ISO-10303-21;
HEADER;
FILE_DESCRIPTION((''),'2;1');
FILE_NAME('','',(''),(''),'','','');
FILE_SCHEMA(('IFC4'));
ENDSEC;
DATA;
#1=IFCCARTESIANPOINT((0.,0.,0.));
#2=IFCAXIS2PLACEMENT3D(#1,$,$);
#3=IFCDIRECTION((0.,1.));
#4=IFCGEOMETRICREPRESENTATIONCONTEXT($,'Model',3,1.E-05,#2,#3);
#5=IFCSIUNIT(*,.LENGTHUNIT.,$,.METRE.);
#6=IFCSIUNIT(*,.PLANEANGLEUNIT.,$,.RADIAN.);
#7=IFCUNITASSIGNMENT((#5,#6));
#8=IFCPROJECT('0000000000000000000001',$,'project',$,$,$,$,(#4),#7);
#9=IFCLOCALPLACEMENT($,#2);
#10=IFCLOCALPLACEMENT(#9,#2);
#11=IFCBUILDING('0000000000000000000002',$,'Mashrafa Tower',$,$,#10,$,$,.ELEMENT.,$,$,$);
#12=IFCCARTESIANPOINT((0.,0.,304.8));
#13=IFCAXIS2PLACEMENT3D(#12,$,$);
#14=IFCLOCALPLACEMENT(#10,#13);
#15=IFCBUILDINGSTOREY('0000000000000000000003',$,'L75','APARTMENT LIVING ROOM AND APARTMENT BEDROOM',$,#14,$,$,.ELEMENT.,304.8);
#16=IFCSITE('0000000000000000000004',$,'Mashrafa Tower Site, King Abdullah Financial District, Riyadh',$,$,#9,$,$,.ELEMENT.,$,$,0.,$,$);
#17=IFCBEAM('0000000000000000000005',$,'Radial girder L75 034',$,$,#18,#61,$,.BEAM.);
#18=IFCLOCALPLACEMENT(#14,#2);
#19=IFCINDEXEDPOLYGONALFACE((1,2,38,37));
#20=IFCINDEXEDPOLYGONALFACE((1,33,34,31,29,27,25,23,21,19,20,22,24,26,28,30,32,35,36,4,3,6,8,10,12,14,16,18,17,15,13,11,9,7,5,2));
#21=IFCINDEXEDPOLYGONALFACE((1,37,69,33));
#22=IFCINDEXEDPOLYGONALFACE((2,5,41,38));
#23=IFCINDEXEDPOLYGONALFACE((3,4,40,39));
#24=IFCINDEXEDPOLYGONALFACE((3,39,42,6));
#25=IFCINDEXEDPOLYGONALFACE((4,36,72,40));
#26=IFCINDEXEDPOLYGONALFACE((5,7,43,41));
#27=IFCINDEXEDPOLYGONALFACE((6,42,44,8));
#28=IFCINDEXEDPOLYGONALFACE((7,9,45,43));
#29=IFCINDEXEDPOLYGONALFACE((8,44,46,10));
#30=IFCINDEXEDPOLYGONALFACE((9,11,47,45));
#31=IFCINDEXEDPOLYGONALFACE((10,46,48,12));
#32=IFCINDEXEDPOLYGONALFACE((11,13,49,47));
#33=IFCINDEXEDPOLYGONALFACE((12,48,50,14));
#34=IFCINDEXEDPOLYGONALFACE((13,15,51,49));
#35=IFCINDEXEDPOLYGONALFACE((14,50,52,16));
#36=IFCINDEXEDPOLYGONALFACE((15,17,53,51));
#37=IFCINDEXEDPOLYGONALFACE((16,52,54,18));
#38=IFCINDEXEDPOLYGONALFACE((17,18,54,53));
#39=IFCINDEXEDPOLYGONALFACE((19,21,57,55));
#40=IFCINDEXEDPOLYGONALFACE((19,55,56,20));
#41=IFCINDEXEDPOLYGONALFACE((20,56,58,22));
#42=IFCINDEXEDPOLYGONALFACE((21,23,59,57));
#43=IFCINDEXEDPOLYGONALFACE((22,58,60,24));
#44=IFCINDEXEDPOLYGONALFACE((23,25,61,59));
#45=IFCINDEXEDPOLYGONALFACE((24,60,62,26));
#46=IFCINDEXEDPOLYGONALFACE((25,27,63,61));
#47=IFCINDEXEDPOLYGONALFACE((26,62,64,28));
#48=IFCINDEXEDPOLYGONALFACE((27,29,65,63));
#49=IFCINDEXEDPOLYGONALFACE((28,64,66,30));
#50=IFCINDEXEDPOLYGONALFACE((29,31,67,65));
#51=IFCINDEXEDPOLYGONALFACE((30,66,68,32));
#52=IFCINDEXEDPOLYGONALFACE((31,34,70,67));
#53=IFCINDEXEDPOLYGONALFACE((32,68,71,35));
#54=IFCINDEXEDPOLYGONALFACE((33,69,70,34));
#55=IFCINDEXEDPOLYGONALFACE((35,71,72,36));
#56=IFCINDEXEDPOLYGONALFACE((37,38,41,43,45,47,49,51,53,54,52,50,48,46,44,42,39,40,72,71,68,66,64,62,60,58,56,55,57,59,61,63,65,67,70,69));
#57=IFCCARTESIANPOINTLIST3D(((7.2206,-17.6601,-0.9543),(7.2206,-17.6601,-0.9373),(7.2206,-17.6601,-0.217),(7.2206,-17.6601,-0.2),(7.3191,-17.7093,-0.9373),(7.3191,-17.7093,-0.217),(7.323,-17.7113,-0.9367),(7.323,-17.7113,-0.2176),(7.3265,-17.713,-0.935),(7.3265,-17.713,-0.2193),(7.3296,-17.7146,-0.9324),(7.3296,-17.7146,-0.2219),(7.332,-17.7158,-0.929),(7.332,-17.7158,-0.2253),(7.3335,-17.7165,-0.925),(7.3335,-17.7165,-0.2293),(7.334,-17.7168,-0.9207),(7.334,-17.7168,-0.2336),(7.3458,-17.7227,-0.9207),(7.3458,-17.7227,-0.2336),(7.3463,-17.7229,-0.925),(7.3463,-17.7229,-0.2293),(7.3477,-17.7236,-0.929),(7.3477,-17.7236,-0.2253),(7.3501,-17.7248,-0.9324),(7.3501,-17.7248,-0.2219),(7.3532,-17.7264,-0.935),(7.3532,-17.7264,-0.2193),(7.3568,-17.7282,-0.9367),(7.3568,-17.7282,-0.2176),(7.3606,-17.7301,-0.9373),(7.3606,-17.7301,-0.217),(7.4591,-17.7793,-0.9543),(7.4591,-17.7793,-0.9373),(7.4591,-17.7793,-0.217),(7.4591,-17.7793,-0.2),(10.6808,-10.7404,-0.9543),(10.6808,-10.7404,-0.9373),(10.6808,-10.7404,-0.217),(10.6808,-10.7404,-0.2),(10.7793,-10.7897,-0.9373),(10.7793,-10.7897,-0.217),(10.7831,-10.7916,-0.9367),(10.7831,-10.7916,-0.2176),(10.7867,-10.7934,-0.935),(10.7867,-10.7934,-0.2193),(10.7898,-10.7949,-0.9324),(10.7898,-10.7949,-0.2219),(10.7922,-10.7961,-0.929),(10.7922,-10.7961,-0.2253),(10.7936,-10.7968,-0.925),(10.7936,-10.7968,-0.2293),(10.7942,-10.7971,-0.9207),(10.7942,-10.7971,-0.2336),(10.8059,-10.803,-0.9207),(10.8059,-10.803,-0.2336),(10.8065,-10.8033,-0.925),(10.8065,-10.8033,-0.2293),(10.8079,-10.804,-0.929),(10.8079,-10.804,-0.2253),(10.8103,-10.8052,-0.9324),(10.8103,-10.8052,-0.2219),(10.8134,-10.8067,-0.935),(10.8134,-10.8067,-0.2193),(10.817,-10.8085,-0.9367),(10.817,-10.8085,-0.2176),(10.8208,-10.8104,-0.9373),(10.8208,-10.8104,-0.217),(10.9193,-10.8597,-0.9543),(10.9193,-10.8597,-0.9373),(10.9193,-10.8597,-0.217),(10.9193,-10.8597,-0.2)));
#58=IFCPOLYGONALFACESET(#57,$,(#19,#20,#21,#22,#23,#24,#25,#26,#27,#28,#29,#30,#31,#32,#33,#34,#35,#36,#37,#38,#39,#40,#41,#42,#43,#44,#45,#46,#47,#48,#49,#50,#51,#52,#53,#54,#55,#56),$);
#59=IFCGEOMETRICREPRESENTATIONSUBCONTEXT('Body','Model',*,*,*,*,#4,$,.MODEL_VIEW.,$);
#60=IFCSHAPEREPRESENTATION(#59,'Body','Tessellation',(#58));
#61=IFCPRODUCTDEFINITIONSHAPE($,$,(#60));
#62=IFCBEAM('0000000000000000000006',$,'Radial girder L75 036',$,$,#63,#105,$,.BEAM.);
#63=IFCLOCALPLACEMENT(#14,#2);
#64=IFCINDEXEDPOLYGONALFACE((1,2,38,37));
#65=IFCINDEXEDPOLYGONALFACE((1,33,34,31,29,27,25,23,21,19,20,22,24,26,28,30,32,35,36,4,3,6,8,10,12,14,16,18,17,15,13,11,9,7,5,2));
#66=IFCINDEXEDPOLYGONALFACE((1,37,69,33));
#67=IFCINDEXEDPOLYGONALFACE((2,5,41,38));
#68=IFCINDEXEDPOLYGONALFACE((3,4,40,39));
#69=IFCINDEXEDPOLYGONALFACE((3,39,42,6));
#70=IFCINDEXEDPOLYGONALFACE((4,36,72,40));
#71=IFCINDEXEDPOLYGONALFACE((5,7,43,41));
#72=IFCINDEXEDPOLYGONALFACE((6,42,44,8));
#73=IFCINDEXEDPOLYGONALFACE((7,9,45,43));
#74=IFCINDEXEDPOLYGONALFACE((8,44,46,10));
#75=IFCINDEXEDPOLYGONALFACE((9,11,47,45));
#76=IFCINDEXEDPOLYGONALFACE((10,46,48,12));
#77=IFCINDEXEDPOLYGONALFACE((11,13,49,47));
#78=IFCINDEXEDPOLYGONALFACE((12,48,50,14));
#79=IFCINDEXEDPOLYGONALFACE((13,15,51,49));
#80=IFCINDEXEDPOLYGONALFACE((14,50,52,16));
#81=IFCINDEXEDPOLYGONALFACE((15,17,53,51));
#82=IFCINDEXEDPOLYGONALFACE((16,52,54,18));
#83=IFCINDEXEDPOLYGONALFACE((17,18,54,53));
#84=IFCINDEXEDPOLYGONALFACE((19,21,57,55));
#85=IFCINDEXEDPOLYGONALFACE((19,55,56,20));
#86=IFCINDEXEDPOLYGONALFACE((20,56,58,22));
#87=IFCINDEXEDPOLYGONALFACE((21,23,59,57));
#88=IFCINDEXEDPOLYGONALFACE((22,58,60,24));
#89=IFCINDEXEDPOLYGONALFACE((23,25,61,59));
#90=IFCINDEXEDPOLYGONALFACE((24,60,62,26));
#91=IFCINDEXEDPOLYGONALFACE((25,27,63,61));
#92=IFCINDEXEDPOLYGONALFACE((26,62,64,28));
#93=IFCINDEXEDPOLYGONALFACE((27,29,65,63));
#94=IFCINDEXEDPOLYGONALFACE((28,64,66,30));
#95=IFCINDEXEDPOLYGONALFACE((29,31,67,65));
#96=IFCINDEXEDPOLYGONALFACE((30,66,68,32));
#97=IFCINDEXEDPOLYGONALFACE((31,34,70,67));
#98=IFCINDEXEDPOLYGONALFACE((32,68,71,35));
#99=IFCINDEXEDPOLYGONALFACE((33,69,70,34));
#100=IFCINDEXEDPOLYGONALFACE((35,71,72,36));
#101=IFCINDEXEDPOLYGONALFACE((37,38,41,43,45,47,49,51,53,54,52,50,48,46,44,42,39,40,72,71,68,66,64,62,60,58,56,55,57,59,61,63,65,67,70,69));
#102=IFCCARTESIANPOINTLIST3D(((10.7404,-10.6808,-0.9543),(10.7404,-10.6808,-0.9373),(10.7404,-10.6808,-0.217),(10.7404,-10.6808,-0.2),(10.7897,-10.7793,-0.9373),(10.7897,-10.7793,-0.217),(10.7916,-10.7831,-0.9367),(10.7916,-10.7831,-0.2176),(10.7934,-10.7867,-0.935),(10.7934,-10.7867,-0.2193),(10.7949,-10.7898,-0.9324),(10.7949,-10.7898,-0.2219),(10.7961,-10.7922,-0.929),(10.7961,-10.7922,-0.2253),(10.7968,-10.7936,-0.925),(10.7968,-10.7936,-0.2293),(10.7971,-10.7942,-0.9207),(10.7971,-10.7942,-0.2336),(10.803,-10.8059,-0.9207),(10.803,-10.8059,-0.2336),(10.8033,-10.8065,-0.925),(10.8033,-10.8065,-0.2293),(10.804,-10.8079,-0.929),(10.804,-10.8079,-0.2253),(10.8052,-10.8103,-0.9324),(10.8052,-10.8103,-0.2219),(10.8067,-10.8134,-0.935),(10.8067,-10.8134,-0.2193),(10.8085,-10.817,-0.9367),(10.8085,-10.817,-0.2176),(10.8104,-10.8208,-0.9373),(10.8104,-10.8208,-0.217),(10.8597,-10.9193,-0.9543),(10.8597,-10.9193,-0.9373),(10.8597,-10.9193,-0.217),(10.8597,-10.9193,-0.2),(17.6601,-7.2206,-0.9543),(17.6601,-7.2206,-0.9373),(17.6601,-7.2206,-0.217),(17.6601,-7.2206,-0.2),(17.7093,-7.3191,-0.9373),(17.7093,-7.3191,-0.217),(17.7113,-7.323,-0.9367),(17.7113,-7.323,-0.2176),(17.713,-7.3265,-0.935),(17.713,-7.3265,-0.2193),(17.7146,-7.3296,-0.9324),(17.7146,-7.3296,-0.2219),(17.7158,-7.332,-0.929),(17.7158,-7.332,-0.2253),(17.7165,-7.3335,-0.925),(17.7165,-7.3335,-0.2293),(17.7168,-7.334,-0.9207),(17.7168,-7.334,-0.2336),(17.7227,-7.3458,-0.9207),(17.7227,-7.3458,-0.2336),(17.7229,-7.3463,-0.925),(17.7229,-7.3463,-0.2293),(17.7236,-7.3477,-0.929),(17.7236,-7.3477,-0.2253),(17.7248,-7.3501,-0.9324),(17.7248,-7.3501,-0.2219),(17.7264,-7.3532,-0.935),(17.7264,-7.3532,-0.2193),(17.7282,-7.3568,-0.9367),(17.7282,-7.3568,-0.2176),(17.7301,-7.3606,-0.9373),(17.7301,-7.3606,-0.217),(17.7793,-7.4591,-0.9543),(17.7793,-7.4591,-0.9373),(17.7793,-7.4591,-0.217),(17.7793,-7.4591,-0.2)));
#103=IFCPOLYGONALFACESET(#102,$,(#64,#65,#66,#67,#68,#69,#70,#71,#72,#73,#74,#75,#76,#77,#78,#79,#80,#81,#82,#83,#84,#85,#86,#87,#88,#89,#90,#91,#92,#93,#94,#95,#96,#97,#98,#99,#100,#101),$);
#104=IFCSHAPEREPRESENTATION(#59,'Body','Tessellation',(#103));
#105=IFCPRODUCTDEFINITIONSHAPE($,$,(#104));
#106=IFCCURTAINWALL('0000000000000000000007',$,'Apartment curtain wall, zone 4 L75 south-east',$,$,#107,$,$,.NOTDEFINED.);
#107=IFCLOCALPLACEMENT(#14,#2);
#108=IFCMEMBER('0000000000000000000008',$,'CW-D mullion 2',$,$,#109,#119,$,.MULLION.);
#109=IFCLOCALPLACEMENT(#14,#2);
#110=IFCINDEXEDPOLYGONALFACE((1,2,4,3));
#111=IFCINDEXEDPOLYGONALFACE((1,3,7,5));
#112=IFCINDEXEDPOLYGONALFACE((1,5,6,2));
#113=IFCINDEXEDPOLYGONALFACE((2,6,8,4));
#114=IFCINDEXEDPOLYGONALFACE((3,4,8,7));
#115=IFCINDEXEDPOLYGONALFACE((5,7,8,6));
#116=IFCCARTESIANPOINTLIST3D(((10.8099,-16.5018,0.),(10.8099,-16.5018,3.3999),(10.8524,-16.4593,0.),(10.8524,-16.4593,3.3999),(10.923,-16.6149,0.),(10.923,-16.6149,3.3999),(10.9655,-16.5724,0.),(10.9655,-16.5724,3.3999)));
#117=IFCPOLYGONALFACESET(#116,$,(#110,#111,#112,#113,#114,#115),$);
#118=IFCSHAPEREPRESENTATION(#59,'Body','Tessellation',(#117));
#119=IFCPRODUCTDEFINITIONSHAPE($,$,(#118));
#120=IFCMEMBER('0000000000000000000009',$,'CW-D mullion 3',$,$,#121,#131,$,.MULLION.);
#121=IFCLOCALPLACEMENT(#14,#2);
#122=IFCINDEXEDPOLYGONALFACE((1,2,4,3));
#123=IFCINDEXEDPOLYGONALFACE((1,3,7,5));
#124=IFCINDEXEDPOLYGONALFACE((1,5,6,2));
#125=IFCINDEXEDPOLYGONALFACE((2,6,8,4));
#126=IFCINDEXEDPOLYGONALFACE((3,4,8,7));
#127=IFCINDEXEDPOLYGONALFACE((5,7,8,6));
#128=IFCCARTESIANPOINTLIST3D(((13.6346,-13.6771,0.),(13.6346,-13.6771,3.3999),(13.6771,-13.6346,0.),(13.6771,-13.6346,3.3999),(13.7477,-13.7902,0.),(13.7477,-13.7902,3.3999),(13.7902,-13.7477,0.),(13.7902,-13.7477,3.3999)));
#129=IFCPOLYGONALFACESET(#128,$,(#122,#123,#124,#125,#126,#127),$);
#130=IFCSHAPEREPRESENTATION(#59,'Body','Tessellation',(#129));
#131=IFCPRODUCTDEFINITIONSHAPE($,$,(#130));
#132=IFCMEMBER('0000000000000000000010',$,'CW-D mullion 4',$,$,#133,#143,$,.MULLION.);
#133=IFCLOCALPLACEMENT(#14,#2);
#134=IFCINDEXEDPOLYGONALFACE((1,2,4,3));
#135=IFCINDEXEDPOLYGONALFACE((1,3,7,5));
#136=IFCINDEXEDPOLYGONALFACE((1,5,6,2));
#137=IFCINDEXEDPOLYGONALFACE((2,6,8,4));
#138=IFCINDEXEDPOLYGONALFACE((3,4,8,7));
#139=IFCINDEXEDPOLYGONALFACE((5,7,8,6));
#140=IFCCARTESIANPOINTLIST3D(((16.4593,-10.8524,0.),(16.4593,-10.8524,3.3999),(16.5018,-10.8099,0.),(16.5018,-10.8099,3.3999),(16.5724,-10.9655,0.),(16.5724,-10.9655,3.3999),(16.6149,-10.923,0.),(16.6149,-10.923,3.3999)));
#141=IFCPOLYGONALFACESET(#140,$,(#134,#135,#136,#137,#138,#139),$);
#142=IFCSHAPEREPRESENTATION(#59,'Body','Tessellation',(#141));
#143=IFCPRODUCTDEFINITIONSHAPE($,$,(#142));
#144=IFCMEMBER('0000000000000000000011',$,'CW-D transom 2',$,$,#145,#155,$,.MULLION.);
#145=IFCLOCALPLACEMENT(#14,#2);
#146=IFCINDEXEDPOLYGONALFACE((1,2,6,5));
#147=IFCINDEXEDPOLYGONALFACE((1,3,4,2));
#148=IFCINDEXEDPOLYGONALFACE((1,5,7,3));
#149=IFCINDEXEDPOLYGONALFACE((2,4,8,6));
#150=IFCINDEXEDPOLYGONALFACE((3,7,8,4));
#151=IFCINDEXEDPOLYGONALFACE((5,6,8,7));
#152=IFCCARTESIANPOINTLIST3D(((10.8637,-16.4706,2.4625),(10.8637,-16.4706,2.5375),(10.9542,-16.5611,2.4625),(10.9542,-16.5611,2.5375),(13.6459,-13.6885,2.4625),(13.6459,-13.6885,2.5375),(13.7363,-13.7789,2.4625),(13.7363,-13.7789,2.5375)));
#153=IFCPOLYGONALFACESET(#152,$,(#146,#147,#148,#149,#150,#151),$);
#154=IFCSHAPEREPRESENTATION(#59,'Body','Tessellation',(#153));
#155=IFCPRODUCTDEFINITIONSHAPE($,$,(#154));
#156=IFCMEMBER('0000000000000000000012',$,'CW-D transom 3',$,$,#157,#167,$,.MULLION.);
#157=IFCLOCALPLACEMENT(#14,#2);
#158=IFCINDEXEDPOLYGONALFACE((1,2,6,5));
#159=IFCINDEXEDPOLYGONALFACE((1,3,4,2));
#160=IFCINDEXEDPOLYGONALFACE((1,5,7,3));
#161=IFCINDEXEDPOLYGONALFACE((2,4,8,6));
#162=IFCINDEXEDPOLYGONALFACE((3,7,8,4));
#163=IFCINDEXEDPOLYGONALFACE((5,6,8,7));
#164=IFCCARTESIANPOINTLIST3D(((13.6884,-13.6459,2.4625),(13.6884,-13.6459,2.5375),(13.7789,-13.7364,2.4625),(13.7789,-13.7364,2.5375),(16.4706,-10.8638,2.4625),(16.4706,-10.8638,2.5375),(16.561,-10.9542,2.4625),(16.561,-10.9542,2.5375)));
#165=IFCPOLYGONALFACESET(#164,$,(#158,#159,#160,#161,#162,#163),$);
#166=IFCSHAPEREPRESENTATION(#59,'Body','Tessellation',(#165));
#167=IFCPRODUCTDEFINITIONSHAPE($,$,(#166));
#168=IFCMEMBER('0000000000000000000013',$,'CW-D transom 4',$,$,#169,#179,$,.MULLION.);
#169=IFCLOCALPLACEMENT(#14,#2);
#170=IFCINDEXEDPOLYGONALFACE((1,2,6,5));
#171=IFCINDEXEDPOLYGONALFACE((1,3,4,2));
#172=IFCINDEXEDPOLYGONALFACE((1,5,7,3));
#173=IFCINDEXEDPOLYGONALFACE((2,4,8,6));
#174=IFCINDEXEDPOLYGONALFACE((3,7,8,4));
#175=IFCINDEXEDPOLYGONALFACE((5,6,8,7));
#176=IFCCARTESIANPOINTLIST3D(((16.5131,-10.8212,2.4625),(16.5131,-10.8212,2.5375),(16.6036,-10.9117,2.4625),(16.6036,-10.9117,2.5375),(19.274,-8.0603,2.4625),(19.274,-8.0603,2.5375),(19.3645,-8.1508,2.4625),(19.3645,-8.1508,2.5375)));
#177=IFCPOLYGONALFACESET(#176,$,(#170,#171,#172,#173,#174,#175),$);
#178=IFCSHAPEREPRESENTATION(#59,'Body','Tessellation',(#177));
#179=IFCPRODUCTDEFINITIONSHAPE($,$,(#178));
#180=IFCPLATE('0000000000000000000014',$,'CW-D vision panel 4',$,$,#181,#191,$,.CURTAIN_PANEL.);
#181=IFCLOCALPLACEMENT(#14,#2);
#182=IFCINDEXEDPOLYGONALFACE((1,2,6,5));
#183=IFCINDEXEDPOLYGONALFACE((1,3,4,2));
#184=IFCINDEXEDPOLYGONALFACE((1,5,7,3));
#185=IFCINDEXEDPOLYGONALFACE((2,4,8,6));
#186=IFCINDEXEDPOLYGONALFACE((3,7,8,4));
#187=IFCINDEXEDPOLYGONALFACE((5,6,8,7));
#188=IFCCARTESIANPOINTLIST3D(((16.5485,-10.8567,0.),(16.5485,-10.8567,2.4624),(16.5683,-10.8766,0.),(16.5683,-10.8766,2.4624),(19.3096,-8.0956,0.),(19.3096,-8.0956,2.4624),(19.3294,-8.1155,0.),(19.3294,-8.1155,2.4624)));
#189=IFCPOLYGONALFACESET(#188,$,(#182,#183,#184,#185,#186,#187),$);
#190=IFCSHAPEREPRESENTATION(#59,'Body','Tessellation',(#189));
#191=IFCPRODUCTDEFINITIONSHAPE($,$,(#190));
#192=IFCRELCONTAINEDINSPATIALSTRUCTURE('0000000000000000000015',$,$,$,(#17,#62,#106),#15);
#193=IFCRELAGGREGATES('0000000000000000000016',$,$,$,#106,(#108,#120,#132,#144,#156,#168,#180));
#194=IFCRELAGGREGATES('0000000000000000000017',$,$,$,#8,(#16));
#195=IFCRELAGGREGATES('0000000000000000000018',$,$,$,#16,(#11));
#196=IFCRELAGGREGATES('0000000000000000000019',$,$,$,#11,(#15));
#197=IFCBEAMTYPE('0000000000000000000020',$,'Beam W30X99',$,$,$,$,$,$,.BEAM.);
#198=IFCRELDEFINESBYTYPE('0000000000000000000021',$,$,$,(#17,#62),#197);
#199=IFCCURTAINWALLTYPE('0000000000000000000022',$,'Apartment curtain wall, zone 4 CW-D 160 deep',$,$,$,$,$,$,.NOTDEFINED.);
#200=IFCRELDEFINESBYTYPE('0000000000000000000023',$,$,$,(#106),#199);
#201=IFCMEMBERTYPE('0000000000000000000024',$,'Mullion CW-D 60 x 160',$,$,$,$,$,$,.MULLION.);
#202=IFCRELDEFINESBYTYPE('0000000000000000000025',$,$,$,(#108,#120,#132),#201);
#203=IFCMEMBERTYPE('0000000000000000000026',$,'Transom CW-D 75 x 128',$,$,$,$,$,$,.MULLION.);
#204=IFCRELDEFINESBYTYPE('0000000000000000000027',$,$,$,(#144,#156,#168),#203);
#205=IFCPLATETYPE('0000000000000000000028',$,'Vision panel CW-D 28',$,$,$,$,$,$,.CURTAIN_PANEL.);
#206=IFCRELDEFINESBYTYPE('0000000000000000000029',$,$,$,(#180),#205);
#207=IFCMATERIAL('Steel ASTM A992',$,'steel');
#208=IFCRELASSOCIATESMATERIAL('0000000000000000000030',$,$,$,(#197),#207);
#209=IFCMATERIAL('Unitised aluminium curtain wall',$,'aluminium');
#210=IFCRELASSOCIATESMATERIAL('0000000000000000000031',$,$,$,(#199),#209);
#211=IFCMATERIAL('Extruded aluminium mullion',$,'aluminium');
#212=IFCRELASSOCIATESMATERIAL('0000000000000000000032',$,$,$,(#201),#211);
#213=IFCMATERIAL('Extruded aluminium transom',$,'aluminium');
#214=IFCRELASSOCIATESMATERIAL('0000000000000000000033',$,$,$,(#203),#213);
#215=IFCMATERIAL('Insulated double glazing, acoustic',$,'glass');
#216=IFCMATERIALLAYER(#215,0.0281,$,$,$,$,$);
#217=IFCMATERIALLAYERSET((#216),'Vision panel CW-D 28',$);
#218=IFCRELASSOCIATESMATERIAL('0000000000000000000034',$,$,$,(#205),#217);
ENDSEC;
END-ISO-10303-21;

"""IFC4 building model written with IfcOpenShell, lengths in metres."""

from ifc_helpers import new_model, si_unit, direction, frame, origin, origin_2d, place, context, subcontext, project, spatial, rectangle, i_section, extrude, source, transform, mapped, material, layer, layer_set, material_profile, profile_set, type_object, type_shapes, element, aggregate, save


model = new_model("IFC4")

# Units and contexts
model_context = context("Model", 3, precision=1e-05, world=origin(), true_north=direction((0.0, 1.0)))
body_context = subcontext(model_context, "Body", "Model", "MODEL_VIEW")
ifc_project = project(units=[si_unit("LENGTHUNIT", "METRE"), si_unit("PLANEANGLEUNIT", "RADIAN")], contexts=[model_context])

# Site, building, storey
site_placement = place(None, origin())
site = spatial("IfcSite", under=ifc_project, at=site_placement, Name="Mashrafa Tower Site, King Abdullah Financial District, Riyadh", CompositionType="ELEMENT", RefElevation=0.0)
building_placement = place(site_placement, origin())
building = spatial("IfcBuilding", under=site, at=building_placement, Name="Mashrafa Tower", CompositionType="ELEMENT")
storey_placement = place(building_placement, frame((0.0, 0.0, 304.8)))
storey = spatial("IfcBuildingStorey", under=building, at=storey_placement, Name="L75", Description="APARTMENT LIVING ROOM AND APARTMENT BEDROOM", CompositionType="ELEMENT", Elevation=304.8)

# Beams
ifc_material_1 = material(Name="Steel ASTM A992", Category="steel")
ifc_material_profile_1 = material_profile(ifc_material_1, i_section(OverallWidth=0.2666, OverallDepth=0.7544, WebThickness=0.0132, FlangeThickness=0.0171, FilletRadius=0.0166, at=origin_2d()), Name="W30X99")
ifc_profile_set_1 = profile_set([ifc_material_profile_1], Name="Steel ASTM A992")
beam_type_1 = type_object("IfcBeamType", Name="Beam W30X99", PredefinedType="BEAM", material=ifc_profile_set_1)
for number, where, z_axis, x_axis, name in (
    (1, (10.8, -10.8, -0.5771), (-0.447251, -0.894408, 0.0), (0.894408, -0.447251, 0.0), "Radial girder L75 034"),
    (2, (10.8, -10.8, -0.5771), (0.894408, 0.447251, 0.0), (-0.447251, 0.894408, 0.0), "Radial girder L75 036"),
):
    element("IfcBeam", number, at=place(storey_placement, frame(where, z_axis=z_axis, x_axis=x_axis)), inside=storey, type_object=beam_type_1, Name=name, PredefinedType="BEAM", context=body_context, shape_type="SweptSolid", body=[
        extrude(i_section(OverallWidth=0.2666, OverallDepth=0.7544, WebThickness=0.0132, FlangeThickness=0.0171, FilletRadius=0.0166, at=origin_2d()), origin(), (0.0, 0.0, 1.0), 7.7366),
    ])

# Curtain wall, members, plate
ifc_material_2 = material(Name="Unitised aluminium curtain wall", Category="aluminium")
curtain_wall_type = type_object("IfcCurtainWallType", Name="Apartment curtain wall, zone 4 CW-D 160 deep", PredefinedType="NOTDEFINED", material=ifc_material_2)
curtain_wall_placement = place(storey_placement, origin())
curtain_wall = element("IfcCurtainWall", 3, at=curtain_wall_placement, inside=storey, type_object=curtain_wall_type, Name="Apartment curtain wall, zone 4 L75 south-east", PredefinedType="NOTDEFINED")
ifc_material_3 = material(Name="Extruded aluminium mullion", Category="aluminium")
ifc_material_profile_2 = material_profile(ifc_material_3, rectangle(XDim=0.1599, YDim=0.0601, at=origin_2d()), Name="Mullion 60x160")
ifc_profile_set_2 = profile_set([ifc_material_profile_2], Name="Extruded aluminium mullion")
member_type_1 = type_object("IfcMemberType", Name="Mullion CW-D 60 x 160", PredefinedType="MULLION", material=ifc_profile_set_2)
shared_shape_1 = source(origin(), body_context, "Body", "SweptSolid", [
    extrude(rectangle(XDim=0.1599, YDim=0.0601, at=origin_2d()), origin(), (0.0, 0.0, 1.0), 3.3999),
])
type_shapes(member_type_1, [shared_shape_1])
member_1_placement = place(storey_placement, frame((10.8877, -16.5371, 0.0), z_axis=(0.0, 0.0, 1.0), x_axis=(-0.707107, 0.707107, 0.0)))
member_1 = element("IfcMember", 4, at=member_1_placement, type_object=member_type_1, Name="CW-D mullion 2", PredefinedType="MULLION", context=body_context, shape_type="MappedRepresentation", body=[
    mapped(shared_shape_1, transform((0.0, 0.0, 0.0))),
])
member_2_placement = place(storey_placement, frame((13.7124, -13.7124, 0.0), z_axis=(0.0, 0.0, 1.0), x_axis=(-0.707107, 0.707107, 0.0)))
member_2 = element("IfcMember", 5, at=member_2_placement, type_object=member_type_1, Name="CW-D mullion 3", PredefinedType="MULLION", context=body_context, shape_type="MappedRepresentation", body=[
    mapped(shared_shape_1, transform((0.0, 0.0, 0.0))),
])
member_3_placement = place(storey_placement, frame((16.5371, -10.8877, 0.0), z_axis=(0.0, 0.0, 1.0), x_axis=(-0.707107, 0.707107, 0.0)))
member_3 = element("IfcMember", 6, at=member_3_placement, type_object=member_type_1, Name="CW-D mullion 4", PredefinedType="MULLION", context=body_context, shape_type="MappedRepresentation", body=[
    mapped(shared_shape_1, transform((0.0, 0.0, 0.0))),
])
ifc_material_4 = material(Name="Extruded aluminium transom", Category="aluminium")
ifc_material_profile_3 = material_profile(ifc_material_4, rectangle(XDim=0.1279, YDim=0.075, at=origin_2d()), Name="Transom 75x128")
ifc_profile_set_3 = profile_set([ifc_material_profile_3], Name="Extruded aluminium transom")
member_type_2 = type_object("IfcMemberType", Name="Transom CW-D 75 x 128", PredefinedType="MULLION", material=ifc_profile_set_3)
shared_shape_2 = source(origin(), body_context, "Body", "SweptSolid", [
    extrude(rectangle(XDim=0.1279, YDim=0.075, at=origin_2d()), origin(), (0.0, 0.0, 1.0), 3.9346),
])
member_4_placement = place(storey_placement, frame((10.9089, -16.5159, 2.5), z_axis=(0.707107, 0.707107, 0.0), x_axis=(-0.707107, 0.707107, 0.0)))
member_4 = element("IfcMember", 7, at=member_4_placement, type_object=member_type_2, Name="CW-D transom 2", PredefinedType="MULLION", context=body_context, shape_type="MappedRepresentation", body=[
    mapped(shared_shape_2, transform((0.0, 0.0, 0.0))),
])
member_5_placement = place(storey_placement, frame((13.7336, -13.6912, 2.5), z_axis=(0.707107, 0.707107, 0.0), x_axis=(-0.707107, 0.707107, 0.0)))
member_5 = element("IfcMember", 8, at=member_5_placement, type_object=member_type_2, Name="CW-D transom 3", PredefinedType="MULLION", context=body_context, shape_type="MappedRepresentation", body=[
    mapped(shared_shape_2, transform((0.0, 0.0, 0.0))),
])
shared_shape_3 = source(origin(), body_context, "Body", "SweptSolid", [
    extrude(rectangle(XDim=0.1279, YDim=0.075, at=origin_2d()), origin(), (0.0, 0.0, 1.0), 3.9045),
])
type_shapes(member_type_2, [shared_shape_2, shared_shape_3])
member_6_placement = place(storey_placement, frame((16.5583, -10.8665, 2.5), z_axis=(0.707107, 0.707107, 0.0), x_axis=(-0.707107, 0.707107, 0.0)))
member_6 = element("IfcMember", 9, at=member_6_placement, type_object=member_type_2, Name="CW-D transom 4", PredefinedType="MULLION", context=body_context, shape_type="MappedRepresentation", body=[
    mapped(shared_shape_3, transform((0.0, 0.0, 0.0))),
])
ifc_material_5 = material(Name="Insulated double glazing, acoustic", Category="glass")
ifc_layer_1 = layer(ifc_material_5, 0.0281)
ifc_layer_set_1 = layer_set([ifc_layer_1], Name="Vision panel CW-D 28")
plate_type_1 = type_object("IfcPlateType", Name="Vision panel CW-D 28", PredefinedType="CURTAIN_PANEL", material=ifc_layer_set_1)
shared_shape_4 = source(origin(), body_context, "Body", "SweptSolid", [
    extrude(rectangle(XDim=3.9048, YDim=0.0281, at=origin_2d()), origin(), (0.0, 0.0, 1.0), 2.4624),
])
plate_1_placement = place(storey_placement, frame((17.939, -9.4861, 0.0), z_axis=(0.0, 0.0, 1.0), x_axis=(0.707107, 0.707107, 0.0)))
plate_1 = element("IfcPlate", 10, at=plate_1_placement, type_object=plate_type_1, Name="CW-D vision panel 4", PredefinedType="CURTAIN_PANEL", context=body_context, shape_type="MappedRepresentation", body=[
    mapped(shared_shape_4, transform((0.0, 0.0, 0.0))),
])
aggregate(curtain_wall, [member_1, member_2, member_3, member_4, member_5, member_6, plate_1])

save(model, "model.ifc")
